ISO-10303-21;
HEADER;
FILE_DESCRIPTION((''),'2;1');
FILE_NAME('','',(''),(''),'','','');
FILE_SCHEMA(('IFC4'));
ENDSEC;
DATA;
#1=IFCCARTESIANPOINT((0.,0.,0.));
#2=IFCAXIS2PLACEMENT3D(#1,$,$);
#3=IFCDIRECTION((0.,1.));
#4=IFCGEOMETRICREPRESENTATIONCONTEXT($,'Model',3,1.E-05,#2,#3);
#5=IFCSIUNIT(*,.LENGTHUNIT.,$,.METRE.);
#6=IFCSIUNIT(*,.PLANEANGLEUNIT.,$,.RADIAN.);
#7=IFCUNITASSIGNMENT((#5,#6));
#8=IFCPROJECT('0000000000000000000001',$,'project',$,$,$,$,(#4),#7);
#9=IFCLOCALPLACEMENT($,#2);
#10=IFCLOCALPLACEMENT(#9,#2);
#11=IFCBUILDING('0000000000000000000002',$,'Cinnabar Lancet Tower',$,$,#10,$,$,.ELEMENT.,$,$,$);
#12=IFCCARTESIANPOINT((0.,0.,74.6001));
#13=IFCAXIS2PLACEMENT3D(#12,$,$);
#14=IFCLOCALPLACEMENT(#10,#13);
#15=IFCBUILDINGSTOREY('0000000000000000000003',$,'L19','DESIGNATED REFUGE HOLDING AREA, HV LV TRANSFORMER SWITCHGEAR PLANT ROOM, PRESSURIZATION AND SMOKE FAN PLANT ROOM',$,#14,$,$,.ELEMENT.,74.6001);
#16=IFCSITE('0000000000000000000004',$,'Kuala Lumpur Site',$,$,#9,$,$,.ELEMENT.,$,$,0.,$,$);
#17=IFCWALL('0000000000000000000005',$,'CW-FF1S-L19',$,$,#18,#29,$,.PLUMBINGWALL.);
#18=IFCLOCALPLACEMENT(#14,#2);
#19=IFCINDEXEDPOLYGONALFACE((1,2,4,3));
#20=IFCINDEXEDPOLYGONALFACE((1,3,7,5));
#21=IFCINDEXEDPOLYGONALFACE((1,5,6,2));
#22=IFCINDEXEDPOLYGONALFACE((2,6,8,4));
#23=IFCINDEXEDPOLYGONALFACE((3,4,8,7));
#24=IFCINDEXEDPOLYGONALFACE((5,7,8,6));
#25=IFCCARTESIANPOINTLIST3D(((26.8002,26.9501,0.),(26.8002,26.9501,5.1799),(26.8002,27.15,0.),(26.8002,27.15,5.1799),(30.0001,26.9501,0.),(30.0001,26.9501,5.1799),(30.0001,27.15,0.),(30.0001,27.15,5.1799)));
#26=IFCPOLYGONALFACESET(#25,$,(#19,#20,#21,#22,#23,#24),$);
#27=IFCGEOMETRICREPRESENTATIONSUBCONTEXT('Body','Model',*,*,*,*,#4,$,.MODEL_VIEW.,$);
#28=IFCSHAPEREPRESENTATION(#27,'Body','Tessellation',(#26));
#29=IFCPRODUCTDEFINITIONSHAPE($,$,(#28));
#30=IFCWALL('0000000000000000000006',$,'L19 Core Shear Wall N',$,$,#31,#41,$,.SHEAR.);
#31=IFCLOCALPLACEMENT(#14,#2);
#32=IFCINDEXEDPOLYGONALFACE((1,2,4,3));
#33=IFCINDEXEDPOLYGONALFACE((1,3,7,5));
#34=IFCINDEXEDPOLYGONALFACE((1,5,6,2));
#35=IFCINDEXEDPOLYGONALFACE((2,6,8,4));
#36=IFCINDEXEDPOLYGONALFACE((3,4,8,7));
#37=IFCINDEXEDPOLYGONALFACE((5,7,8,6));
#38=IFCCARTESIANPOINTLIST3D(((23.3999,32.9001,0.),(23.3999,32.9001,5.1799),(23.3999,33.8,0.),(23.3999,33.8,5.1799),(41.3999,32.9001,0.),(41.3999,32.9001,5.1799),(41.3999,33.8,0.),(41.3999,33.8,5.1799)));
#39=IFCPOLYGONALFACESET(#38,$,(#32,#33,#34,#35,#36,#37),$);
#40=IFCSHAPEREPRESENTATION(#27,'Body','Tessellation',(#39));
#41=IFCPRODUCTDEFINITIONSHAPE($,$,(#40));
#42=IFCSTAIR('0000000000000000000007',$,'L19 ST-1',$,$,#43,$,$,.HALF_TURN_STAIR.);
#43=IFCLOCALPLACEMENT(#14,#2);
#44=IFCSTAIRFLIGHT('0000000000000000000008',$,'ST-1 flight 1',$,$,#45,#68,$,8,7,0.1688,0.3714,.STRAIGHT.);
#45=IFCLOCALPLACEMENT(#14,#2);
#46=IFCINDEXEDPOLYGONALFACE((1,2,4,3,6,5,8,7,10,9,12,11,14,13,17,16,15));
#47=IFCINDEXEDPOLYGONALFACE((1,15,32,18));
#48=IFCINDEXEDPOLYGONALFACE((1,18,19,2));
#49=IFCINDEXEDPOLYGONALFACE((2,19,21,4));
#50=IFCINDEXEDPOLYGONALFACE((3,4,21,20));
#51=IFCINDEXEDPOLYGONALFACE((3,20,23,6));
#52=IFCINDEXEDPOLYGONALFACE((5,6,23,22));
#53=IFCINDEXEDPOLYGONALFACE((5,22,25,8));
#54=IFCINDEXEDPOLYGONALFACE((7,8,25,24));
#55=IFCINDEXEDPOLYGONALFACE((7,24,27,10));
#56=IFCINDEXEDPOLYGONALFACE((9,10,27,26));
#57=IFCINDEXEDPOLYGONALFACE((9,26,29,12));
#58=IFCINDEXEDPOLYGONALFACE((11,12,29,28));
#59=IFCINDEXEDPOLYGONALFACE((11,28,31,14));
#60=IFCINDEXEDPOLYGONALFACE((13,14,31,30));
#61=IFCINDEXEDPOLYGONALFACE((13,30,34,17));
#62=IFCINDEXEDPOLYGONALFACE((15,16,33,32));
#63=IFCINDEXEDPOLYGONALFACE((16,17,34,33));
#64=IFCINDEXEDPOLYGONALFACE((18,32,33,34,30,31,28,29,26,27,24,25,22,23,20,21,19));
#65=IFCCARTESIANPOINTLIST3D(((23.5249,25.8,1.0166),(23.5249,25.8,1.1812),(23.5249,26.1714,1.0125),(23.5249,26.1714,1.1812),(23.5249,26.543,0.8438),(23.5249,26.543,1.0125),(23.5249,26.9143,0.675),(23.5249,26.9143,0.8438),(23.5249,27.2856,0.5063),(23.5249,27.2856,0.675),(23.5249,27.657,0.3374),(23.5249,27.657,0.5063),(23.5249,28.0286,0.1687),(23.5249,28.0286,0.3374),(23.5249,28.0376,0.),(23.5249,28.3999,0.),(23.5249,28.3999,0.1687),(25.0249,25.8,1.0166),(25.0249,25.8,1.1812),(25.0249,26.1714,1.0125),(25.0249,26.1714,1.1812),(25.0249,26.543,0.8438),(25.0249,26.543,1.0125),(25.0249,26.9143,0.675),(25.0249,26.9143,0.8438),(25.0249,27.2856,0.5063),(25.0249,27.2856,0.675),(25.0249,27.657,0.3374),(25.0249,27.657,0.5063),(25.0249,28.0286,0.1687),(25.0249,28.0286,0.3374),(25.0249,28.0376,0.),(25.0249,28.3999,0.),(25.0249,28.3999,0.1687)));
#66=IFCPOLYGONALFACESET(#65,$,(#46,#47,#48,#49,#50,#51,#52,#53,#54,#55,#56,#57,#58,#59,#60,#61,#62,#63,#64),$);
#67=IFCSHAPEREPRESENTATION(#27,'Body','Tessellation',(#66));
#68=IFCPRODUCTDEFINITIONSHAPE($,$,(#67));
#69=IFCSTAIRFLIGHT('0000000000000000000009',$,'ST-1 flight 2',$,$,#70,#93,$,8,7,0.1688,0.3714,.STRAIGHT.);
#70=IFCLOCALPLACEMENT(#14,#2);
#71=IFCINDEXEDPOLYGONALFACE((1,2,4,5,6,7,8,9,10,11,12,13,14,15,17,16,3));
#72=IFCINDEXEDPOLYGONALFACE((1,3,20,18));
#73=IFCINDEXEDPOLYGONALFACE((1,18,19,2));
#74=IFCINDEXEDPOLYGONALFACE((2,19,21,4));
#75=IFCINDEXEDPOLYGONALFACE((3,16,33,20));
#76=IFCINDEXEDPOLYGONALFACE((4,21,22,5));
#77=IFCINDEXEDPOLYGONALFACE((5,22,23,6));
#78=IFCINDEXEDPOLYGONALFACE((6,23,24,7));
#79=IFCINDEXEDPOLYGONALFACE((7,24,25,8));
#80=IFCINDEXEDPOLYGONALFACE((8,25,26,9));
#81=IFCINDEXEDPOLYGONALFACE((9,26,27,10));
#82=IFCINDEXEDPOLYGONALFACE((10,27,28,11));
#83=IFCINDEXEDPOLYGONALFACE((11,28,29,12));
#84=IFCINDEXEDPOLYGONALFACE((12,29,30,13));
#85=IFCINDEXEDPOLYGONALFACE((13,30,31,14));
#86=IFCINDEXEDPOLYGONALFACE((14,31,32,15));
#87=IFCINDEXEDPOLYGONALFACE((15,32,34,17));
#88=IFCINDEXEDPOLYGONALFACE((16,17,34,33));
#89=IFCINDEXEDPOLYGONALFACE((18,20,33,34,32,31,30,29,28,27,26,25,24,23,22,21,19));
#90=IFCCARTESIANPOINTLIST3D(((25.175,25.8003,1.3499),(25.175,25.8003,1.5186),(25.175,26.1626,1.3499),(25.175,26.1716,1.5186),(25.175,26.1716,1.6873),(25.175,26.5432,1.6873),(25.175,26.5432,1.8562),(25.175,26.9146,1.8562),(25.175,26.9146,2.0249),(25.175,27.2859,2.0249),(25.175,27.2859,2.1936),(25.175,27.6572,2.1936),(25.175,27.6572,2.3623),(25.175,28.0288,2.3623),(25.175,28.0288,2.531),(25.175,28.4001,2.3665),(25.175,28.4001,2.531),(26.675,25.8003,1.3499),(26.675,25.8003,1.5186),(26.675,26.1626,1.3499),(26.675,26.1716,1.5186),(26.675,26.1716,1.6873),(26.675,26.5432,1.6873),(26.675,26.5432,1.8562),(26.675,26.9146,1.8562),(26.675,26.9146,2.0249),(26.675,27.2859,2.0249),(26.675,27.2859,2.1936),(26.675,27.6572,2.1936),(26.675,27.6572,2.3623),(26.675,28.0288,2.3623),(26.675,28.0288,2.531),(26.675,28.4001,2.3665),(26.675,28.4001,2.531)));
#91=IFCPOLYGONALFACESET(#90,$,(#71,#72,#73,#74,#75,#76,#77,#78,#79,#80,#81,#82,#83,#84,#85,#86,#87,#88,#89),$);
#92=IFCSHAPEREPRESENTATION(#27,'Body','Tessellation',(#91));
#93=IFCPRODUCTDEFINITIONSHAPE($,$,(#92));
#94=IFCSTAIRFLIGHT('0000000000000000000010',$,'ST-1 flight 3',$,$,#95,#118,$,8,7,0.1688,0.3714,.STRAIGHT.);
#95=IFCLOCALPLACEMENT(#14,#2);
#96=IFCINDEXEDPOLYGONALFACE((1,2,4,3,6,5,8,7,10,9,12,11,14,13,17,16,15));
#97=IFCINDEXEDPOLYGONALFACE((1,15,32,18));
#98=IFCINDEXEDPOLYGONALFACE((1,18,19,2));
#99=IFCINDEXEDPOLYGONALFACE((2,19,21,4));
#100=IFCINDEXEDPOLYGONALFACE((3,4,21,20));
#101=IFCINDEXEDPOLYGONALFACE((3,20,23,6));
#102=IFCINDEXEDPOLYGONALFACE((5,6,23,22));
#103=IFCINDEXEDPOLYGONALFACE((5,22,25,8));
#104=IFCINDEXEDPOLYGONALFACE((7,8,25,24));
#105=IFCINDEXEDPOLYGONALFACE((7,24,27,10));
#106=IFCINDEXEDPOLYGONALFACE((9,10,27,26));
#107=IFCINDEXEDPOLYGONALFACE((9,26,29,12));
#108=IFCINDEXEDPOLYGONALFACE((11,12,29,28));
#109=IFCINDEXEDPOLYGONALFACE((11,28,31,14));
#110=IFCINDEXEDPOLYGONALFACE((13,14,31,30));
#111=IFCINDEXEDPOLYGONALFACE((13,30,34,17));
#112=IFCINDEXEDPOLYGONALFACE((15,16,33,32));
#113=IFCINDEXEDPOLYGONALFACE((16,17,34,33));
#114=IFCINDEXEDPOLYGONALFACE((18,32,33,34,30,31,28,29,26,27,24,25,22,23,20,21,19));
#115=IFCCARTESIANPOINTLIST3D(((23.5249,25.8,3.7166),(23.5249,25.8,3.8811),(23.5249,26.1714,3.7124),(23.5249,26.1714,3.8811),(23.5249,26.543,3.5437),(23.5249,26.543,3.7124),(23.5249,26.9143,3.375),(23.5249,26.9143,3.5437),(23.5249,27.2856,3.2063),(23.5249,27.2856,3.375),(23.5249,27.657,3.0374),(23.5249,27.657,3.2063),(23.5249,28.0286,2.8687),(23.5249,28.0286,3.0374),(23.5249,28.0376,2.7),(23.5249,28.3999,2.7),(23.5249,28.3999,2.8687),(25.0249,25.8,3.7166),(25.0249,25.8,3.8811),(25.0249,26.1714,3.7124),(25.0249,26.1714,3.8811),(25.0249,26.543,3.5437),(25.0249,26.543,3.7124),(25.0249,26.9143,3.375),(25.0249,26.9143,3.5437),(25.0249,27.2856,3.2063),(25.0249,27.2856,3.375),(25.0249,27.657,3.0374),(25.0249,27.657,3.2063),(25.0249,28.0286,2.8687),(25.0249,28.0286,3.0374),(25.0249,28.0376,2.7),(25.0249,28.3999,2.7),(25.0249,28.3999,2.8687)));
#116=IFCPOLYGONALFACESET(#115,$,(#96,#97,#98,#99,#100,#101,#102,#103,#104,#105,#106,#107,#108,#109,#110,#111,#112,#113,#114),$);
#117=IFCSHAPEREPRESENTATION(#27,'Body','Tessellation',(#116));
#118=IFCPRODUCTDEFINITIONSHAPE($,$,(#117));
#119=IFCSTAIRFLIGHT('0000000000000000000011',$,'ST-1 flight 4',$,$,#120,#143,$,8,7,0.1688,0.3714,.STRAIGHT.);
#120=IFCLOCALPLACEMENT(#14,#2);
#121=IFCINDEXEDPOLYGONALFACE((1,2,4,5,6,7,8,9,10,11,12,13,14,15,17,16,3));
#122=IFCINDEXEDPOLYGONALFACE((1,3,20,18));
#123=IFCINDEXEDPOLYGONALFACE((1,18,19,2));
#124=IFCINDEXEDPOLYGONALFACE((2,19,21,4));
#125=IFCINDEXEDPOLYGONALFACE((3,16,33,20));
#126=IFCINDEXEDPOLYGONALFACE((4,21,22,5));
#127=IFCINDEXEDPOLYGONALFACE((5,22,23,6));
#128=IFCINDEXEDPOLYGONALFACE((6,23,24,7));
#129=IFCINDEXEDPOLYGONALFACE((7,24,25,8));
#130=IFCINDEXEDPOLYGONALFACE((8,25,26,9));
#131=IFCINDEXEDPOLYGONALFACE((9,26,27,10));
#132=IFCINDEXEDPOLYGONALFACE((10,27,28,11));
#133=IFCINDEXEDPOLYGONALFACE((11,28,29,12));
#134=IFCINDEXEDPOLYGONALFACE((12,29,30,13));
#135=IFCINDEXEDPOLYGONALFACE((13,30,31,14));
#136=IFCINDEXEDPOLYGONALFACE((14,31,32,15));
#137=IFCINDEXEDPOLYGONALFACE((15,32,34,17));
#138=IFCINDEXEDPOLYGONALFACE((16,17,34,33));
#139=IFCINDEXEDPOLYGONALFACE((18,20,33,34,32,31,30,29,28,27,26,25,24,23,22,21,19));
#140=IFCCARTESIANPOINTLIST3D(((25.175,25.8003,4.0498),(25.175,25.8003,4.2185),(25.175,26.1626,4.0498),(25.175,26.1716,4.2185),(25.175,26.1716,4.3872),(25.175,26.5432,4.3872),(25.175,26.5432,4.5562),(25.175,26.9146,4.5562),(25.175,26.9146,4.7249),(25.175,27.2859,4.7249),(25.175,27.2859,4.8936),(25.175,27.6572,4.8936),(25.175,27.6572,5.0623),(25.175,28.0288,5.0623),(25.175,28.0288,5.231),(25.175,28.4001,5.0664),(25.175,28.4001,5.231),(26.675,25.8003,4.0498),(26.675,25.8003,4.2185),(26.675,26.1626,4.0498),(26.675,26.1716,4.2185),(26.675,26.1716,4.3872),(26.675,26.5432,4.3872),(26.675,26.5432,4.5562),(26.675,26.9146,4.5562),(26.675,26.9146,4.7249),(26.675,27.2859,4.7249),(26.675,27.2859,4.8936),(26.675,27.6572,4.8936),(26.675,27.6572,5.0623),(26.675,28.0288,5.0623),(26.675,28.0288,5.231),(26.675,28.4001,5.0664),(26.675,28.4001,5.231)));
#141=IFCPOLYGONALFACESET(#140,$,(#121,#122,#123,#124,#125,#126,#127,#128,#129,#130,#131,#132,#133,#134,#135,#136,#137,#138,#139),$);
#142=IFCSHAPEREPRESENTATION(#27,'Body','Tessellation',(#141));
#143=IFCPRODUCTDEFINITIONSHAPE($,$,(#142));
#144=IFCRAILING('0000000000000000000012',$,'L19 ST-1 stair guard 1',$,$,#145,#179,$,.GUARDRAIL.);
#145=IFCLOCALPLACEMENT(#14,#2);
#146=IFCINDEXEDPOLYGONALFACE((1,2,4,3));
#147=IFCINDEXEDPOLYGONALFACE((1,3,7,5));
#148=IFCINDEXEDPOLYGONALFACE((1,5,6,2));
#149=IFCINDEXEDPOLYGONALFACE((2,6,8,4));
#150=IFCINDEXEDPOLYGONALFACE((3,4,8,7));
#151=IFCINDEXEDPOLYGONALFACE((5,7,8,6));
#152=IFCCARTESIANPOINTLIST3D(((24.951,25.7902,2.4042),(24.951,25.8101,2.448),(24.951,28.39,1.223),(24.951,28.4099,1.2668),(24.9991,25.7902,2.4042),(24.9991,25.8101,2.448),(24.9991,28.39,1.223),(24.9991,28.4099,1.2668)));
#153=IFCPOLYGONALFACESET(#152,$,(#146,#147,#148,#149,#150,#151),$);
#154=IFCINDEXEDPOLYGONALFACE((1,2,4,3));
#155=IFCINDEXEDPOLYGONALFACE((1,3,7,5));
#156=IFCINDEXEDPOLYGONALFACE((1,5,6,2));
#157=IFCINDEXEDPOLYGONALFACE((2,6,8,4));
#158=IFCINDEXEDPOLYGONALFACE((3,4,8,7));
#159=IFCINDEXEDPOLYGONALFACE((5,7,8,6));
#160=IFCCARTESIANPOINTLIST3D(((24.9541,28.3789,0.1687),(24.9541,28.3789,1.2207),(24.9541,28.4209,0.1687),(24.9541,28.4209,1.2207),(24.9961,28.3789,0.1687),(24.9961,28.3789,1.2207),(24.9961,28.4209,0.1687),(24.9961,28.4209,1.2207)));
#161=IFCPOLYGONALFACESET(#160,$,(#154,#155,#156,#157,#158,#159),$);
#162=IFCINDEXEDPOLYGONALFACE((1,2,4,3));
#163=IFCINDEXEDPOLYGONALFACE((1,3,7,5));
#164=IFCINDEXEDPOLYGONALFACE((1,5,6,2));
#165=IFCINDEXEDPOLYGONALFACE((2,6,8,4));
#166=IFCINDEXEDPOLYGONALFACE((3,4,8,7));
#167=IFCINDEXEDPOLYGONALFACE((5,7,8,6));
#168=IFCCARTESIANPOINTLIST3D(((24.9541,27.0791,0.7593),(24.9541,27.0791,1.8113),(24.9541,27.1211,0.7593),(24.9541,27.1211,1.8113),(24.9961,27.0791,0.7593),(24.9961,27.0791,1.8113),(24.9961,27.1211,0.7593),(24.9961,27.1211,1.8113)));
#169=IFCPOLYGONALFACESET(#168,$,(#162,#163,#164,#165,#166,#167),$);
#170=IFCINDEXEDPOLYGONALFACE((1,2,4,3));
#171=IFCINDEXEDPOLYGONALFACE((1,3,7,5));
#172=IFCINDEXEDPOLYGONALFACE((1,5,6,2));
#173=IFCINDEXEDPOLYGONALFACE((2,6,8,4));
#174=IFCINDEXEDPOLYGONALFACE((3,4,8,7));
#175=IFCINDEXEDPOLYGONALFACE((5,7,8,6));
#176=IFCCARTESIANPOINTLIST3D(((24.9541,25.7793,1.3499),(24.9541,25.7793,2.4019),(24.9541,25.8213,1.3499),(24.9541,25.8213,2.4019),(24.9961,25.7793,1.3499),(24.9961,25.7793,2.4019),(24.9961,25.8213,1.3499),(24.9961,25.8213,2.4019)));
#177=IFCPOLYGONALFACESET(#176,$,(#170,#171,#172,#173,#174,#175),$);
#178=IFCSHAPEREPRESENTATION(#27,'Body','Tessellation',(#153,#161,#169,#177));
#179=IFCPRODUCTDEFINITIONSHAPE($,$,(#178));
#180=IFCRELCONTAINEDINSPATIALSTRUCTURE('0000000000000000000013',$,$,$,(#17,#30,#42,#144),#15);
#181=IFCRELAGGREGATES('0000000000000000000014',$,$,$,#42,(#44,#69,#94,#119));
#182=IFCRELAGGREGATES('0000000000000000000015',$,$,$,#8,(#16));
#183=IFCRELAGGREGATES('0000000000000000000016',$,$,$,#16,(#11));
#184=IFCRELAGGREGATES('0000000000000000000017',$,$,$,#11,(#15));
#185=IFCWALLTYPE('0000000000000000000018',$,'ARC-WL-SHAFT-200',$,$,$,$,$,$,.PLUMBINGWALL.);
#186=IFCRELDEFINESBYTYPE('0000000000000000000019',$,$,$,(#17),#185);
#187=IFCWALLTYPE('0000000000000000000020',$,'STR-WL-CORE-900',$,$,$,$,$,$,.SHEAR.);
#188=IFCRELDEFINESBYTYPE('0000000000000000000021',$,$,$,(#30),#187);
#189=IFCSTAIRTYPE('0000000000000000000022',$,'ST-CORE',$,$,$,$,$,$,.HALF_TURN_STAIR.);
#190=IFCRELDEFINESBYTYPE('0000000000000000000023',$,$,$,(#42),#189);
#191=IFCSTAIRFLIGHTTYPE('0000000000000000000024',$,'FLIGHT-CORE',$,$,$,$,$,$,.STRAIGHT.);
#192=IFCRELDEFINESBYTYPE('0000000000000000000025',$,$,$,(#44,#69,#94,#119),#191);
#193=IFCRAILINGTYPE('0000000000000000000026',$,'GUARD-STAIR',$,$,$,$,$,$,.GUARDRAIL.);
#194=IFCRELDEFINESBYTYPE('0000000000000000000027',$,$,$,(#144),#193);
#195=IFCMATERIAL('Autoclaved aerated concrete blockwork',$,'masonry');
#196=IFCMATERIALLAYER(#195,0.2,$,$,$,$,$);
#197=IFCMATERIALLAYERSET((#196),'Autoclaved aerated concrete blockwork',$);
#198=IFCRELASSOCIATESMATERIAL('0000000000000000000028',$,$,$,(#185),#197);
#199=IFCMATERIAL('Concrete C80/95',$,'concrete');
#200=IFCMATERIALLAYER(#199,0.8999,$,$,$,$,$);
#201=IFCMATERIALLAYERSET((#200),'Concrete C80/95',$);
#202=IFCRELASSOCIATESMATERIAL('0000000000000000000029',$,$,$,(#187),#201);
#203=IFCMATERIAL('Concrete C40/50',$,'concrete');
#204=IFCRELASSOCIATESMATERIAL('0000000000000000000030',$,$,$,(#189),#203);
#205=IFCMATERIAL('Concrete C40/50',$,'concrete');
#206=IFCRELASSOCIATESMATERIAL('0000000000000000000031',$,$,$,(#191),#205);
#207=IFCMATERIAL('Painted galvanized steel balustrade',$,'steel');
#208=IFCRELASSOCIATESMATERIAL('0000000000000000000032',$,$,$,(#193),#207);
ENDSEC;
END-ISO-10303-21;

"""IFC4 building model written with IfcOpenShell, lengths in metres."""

from ifc_helpers import new_model, si_unit, direction, frame, frame_2d, origin, origin_2d, place, context, subcontext, project, spatial, polyline, rectangle, outline, extrude, material, layer, layer_set, type_object, element, aggregate, save


model = new_model("IFC4")

# Units and contexts
model_context = context("Model", 3, precision=1e-05, world=origin(), true_north=direction((0.0, 1.0)))
body_context = subcontext(model_context, "Body", "Model", "MODEL_VIEW")
ifc_project = project(units=[si_unit("LENGTHUNIT", "METRE"), si_unit("PLANEANGLEUNIT", "RADIAN")], contexts=[model_context])

# Site, building, storey
site_placement = place(None, origin())
site = spatial("IfcSite", under=ifc_project, at=site_placement, Name="Kuala Lumpur Site", CompositionType="ELEMENT", RefElevation=0.0)
building_placement = place(site_placement, origin())
building = spatial("IfcBuilding", under=site, at=building_placement, Name="Cinnabar Lancet Tower", CompositionType="ELEMENT")
storey_placement = place(building_placement, frame((0.0, 0.0, 74.6001)))
storey = spatial("IfcBuildingStorey", under=building, at=storey_placement, Name="L19", Description="DESIGNATED REFUGE HOLDING AREA, HV LV TRANSFORMER SWITCHGEAR PLANT ROOM, PRESSURIZATION AND SMOKE FAN PLANT ROOM", CompositionType="ELEMENT", Elevation=74.6001)

# Shared definitions
ifc_material_1 = material(Name="Autoclaved aerated concrete blockwork", Category="masonry")
ifc_layer_1 = layer(ifc_material_1, 0.2)
ifc_layer_set_1 = layer_set([ifc_layer_1], Name="Autoclaved aerated concrete blockwork")
wall_type_1 = type_object("IfcWallType", Name="ARC-WL-SHAFT-200", PredefinedType="PLUMBINGWALL", material=ifc_layer_set_1)

# Walls
wall_1_placement = place(storey_placement, frame((26.8, 27.05, 0.0), z_axis=(0.0, 0.0, 1.0), x_axis=(1.0, 0.0, 0.0)))
element("IfcWall", 1, at=wall_1_placement, inside=storey, type_object=wall_type_1, Name="CW-FF1S-L19", PredefinedType="PLUMBINGWALL", context=body_context, shape_type="SweptSolid", body=[
    extrude(rectangle(XDim=3.2, YDim=0.2, at=frame_2d((1.6001, 0.0))), origin(), (0.0, 0.0, 1.0), 5.1799),
])
ifc_material_2 = material(Name="Concrete C80/95", Category="concrete")
ifc_layer_2 = layer(ifc_material_2, 0.8999)
ifc_layer_set_2 = layer_set([ifc_layer_2], Name="Concrete C80/95")
wall_type_2 = type_object("IfcWallType", Name="STR-WL-CORE-900", PredefinedType="SHEAR", material=ifc_layer_set_2)
wall_2_placement = place(storey_placement, frame((23.3999, 33.3501, 0.0), z_axis=(0.0, 0.0, 1.0), x_axis=(1.0, 0.0, 0.0)))
element("IfcWall", 2, at=wall_2_placement, inside=storey, type_object=wall_type_2, Name="L19 Core Shear Wall N", PredefinedType="SHEAR", context=body_context, shape_type="SweptSolid", body=[
    extrude(rectangle(XDim=18.0, YDim=0.8999, at=frame_2d((9.0, 0.0))), origin(), (0.0, 0.0, 1.0), 5.1799),
])

# Stair, stair flights
ifc_material_3 = material(Name="Concrete C40/50", Category="concrete")
stair_type = type_object("IfcStairType", Name="ST-CORE", PredefinedType="HALF_TURN_STAIR", material=ifc_material_3)
stair_placement = place(storey_placement, origin())
stair = element("IfcStair", 3, at=stair_placement, inside=storey, type_object=stair_type, Name="L19 ST-1", PredefinedType="HALF_TURN_STAIR")
ifc_material_4 = material(Name="Concrete C40/50", Category="concrete")
stair_flight_type = type_object("IfcStairFlightType", Name="FLIGHT-CORE", PredefinedType="STRAIGHT", material=ifc_material_4)
stair_flight_1_placement = place(storey_placement, frame((24.2749, 28.3999, 0.0), z_axis=(0.0, 0.0, 1.0), x_axis=(0.0, -1.0, 0.0)))
stair_flight_1 = element("IfcStairFlight", 4, at=stair_flight_1_placement, type_object=stair_flight_type, Name="ST-1 flight 1", NumberOfRisers=8, NumberOfTreads=7, PredefinedType="STRAIGHT", RiserHeight=0.1688, TreadLength=0.3714, context=body_context, shape_type="SweptSolid", body=[
    extrude(outline(polyline([(0.0, 0.0), (0.0, 0.1687), (0.3713, 0.1687), (0.3713, 0.3374), (0.7429, 0.3374), (0.7429, 0.5063), (1.1143, 0.5063), (1.1143, 0.675), (1.4856, 0.675), (1.4856, 0.8438), (1.8569, 0.8438), (1.8569, 1.0125), (2.2285, 1.0125), (2.2285, 1.1812), (2.5999, 1.1812), (2.5999, 1.3501), (2.5999, 1.0166), (0.3623, 0.0), (0.0, 0.0)])), frame((0.0, 0.75, 0.0), z_axis=(0.0, -1.0, 0.0), x_axis=(1.0, 0.0, 0.0)), (0.0, 0.0, 1.0), 1.5),
])
stair_flight_2_placement = place(storey_placement, frame((25.925, 25.8003, 1.3499), z_axis=(0.0, 0.0, 1.0), x_axis=(0.0, 1.0, 0.0)))
stair_flight_2 = element("IfcStairFlight", 5, at=stair_flight_2_placement, type_object=stair_flight_type, Name="ST-1 flight 2", NumberOfRisers=8, NumberOfTreads=7, PredefinedType="STRAIGHT", RiserHeight=0.1688, TreadLength=0.3714, context=body_context, shape_type="SweptSolid", body=[
    extrude(outline(polyline([(0.0, 0.0), (0.0, 0.1687), (0.3713, 0.1687), (0.3713, 0.3374), (0.7429, 0.3374), (0.7429, 0.5063), (1.1143, 0.5063), (1.1143, 0.675), (1.4856, 0.675), (1.4856, 0.8438), (1.8569, 0.8438), (1.8569, 1.0125), (2.2285, 1.0125), (2.2285, 1.1812), (2.5999, 1.1812), (2.5999, 1.3501), (2.5999, 1.0166), (0.3623, 0.0), (0.0, 0.0)])), frame((0.0, 0.75, 0.0), z_axis=(0.0, -1.0, 0.0), x_axis=(1.0, 0.0, 0.0)), (0.0, 0.0, 1.0), 1.5),
])
stair_flight_3_placement = place(storey_placement, frame((24.2749, 28.3999, 2.7), z_axis=(0.0, 0.0, 1.0), x_axis=(0.0, -1.0, 0.0)))
stair_flight_3 = element("IfcStairFlight", 6, at=stair_flight_3_placement, type_object=stair_flight_type, Name="ST-1 flight 3", NumberOfRisers=8, NumberOfTreads=7, PredefinedType="STRAIGHT", RiserHeight=0.1688, TreadLength=0.3714, context=body_context, shape_type="SweptSolid", body=[
    extrude(outline(polyline([(0.0, 0.0), (0.0, 0.1687), (0.3713, 0.1687), (0.3713, 0.3374), (0.7429, 0.3374), (0.7429, 0.5063), (1.1143, 0.5063), (1.1143, 0.675), (1.4856, 0.675), (1.4856, 0.8438), (1.8569, 0.8438), (1.8569, 1.0125), (2.2285, 1.0125), (2.2285, 1.1812), (2.5999, 1.1812), (2.5999, 1.3501), (2.5999, 1.0166), (0.3623, 0.0), (0.0, 0.0)])), frame((0.0, 0.75, 0.0), z_axis=(0.0, -1.0, 0.0), x_axis=(1.0, 0.0, 0.0)), (0.0, 0.0, 1.0), 1.5),
])
stair_flight_4_placement = place(storey_placement, frame((25.925, 25.8003, 4.0498), z_axis=(0.0, 0.0, 1.0), x_axis=(0.0, 1.0, 0.0)))
stair_flight_4 = element("IfcStairFlight", 7, at=stair_flight_4_placement, type_object=stair_flight_type, Name="ST-1 flight 4", NumberOfRisers=8, NumberOfTreads=7, PredefinedType="STRAIGHT", RiserHeight=0.1688, TreadLength=0.3714, context=body_context, shape_type="SweptSolid", body=[
    extrude(outline(polyline([(0.0, 0.0), (0.0, 0.1687), (0.3713, 0.1687), (0.3713, 0.3374), (0.7429, 0.3374), (0.7429, 0.5063), (1.1143, 0.5063), (1.1143, 0.675), (1.4856, 0.675), (1.4856, 0.8438), (1.8569, 0.8438), (1.8569, 1.0125), (2.2285, 1.0125), (2.2285, 1.1812), (2.5999, 1.1812), (2.5999, 1.3501), (2.5999, 1.0166), (0.3623, 0.0), (0.0, 0.0)])), frame((0.0, 0.75, 0.0), z_axis=(0.0, -1.0, 0.0), x_axis=(1.0, 0.0, 0.0)), (0.0, 0.0, 1.0), 1.5),
])
aggregate(stair, [stair_flight_1, stair_flight_2, stair_flight_3, stair_flight_4])

# Railing
ifc_material_5 = material(Name="Painted galvanized steel balustrade", Category="steel")
railing_type_1 = type_object("IfcRailingType", Name="GUARD-STAIR", PredefinedType="GUARDRAIL", material=ifc_material_5)
railing_1_placement = place(storey_placement, frame((24.9751, 28.3999, 0.1687)))
element("IfcRailing", 8, at=railing_1_placement, inside=storey, type_object=railing_type_1, Name="L19 ST-1 stair guard 1", PredefinedType="GUARDRAIL", context=body_context, shape_type="SweptSolid", body=[
    extrude(rectangle(XDim=0.0481, YDim=0.0481, at=origin_2d()), frame((0.0, 0.0, 1.0762), z_axis=(0.0, -0.910431, 0.413661), x_axis=(1.0, 0.0, 0.0)), (0.0, 0.0, 1.0), 2.8555),
    extrude(rectangle(XDim=0.042, YDim=0.042, at=origin_2d()), origin(), (0.0, 0.0, 1.0), 1.052),
    extrude(rectangle(XDim=0.042, YDim=0.042, at=origin_2d()), frame((0.0, -1.2998, 0.5906)), (0.0, 0.0, 1.0), 1.052),
    extrude(rectangle(XDim=0.042, YDim=0.042, at=origin_2d()), frame((0.0, -2.5996, 1.1812)), (0.0, 0.0, 1.0), 1.052),
])

save(model, "model.ifc")
